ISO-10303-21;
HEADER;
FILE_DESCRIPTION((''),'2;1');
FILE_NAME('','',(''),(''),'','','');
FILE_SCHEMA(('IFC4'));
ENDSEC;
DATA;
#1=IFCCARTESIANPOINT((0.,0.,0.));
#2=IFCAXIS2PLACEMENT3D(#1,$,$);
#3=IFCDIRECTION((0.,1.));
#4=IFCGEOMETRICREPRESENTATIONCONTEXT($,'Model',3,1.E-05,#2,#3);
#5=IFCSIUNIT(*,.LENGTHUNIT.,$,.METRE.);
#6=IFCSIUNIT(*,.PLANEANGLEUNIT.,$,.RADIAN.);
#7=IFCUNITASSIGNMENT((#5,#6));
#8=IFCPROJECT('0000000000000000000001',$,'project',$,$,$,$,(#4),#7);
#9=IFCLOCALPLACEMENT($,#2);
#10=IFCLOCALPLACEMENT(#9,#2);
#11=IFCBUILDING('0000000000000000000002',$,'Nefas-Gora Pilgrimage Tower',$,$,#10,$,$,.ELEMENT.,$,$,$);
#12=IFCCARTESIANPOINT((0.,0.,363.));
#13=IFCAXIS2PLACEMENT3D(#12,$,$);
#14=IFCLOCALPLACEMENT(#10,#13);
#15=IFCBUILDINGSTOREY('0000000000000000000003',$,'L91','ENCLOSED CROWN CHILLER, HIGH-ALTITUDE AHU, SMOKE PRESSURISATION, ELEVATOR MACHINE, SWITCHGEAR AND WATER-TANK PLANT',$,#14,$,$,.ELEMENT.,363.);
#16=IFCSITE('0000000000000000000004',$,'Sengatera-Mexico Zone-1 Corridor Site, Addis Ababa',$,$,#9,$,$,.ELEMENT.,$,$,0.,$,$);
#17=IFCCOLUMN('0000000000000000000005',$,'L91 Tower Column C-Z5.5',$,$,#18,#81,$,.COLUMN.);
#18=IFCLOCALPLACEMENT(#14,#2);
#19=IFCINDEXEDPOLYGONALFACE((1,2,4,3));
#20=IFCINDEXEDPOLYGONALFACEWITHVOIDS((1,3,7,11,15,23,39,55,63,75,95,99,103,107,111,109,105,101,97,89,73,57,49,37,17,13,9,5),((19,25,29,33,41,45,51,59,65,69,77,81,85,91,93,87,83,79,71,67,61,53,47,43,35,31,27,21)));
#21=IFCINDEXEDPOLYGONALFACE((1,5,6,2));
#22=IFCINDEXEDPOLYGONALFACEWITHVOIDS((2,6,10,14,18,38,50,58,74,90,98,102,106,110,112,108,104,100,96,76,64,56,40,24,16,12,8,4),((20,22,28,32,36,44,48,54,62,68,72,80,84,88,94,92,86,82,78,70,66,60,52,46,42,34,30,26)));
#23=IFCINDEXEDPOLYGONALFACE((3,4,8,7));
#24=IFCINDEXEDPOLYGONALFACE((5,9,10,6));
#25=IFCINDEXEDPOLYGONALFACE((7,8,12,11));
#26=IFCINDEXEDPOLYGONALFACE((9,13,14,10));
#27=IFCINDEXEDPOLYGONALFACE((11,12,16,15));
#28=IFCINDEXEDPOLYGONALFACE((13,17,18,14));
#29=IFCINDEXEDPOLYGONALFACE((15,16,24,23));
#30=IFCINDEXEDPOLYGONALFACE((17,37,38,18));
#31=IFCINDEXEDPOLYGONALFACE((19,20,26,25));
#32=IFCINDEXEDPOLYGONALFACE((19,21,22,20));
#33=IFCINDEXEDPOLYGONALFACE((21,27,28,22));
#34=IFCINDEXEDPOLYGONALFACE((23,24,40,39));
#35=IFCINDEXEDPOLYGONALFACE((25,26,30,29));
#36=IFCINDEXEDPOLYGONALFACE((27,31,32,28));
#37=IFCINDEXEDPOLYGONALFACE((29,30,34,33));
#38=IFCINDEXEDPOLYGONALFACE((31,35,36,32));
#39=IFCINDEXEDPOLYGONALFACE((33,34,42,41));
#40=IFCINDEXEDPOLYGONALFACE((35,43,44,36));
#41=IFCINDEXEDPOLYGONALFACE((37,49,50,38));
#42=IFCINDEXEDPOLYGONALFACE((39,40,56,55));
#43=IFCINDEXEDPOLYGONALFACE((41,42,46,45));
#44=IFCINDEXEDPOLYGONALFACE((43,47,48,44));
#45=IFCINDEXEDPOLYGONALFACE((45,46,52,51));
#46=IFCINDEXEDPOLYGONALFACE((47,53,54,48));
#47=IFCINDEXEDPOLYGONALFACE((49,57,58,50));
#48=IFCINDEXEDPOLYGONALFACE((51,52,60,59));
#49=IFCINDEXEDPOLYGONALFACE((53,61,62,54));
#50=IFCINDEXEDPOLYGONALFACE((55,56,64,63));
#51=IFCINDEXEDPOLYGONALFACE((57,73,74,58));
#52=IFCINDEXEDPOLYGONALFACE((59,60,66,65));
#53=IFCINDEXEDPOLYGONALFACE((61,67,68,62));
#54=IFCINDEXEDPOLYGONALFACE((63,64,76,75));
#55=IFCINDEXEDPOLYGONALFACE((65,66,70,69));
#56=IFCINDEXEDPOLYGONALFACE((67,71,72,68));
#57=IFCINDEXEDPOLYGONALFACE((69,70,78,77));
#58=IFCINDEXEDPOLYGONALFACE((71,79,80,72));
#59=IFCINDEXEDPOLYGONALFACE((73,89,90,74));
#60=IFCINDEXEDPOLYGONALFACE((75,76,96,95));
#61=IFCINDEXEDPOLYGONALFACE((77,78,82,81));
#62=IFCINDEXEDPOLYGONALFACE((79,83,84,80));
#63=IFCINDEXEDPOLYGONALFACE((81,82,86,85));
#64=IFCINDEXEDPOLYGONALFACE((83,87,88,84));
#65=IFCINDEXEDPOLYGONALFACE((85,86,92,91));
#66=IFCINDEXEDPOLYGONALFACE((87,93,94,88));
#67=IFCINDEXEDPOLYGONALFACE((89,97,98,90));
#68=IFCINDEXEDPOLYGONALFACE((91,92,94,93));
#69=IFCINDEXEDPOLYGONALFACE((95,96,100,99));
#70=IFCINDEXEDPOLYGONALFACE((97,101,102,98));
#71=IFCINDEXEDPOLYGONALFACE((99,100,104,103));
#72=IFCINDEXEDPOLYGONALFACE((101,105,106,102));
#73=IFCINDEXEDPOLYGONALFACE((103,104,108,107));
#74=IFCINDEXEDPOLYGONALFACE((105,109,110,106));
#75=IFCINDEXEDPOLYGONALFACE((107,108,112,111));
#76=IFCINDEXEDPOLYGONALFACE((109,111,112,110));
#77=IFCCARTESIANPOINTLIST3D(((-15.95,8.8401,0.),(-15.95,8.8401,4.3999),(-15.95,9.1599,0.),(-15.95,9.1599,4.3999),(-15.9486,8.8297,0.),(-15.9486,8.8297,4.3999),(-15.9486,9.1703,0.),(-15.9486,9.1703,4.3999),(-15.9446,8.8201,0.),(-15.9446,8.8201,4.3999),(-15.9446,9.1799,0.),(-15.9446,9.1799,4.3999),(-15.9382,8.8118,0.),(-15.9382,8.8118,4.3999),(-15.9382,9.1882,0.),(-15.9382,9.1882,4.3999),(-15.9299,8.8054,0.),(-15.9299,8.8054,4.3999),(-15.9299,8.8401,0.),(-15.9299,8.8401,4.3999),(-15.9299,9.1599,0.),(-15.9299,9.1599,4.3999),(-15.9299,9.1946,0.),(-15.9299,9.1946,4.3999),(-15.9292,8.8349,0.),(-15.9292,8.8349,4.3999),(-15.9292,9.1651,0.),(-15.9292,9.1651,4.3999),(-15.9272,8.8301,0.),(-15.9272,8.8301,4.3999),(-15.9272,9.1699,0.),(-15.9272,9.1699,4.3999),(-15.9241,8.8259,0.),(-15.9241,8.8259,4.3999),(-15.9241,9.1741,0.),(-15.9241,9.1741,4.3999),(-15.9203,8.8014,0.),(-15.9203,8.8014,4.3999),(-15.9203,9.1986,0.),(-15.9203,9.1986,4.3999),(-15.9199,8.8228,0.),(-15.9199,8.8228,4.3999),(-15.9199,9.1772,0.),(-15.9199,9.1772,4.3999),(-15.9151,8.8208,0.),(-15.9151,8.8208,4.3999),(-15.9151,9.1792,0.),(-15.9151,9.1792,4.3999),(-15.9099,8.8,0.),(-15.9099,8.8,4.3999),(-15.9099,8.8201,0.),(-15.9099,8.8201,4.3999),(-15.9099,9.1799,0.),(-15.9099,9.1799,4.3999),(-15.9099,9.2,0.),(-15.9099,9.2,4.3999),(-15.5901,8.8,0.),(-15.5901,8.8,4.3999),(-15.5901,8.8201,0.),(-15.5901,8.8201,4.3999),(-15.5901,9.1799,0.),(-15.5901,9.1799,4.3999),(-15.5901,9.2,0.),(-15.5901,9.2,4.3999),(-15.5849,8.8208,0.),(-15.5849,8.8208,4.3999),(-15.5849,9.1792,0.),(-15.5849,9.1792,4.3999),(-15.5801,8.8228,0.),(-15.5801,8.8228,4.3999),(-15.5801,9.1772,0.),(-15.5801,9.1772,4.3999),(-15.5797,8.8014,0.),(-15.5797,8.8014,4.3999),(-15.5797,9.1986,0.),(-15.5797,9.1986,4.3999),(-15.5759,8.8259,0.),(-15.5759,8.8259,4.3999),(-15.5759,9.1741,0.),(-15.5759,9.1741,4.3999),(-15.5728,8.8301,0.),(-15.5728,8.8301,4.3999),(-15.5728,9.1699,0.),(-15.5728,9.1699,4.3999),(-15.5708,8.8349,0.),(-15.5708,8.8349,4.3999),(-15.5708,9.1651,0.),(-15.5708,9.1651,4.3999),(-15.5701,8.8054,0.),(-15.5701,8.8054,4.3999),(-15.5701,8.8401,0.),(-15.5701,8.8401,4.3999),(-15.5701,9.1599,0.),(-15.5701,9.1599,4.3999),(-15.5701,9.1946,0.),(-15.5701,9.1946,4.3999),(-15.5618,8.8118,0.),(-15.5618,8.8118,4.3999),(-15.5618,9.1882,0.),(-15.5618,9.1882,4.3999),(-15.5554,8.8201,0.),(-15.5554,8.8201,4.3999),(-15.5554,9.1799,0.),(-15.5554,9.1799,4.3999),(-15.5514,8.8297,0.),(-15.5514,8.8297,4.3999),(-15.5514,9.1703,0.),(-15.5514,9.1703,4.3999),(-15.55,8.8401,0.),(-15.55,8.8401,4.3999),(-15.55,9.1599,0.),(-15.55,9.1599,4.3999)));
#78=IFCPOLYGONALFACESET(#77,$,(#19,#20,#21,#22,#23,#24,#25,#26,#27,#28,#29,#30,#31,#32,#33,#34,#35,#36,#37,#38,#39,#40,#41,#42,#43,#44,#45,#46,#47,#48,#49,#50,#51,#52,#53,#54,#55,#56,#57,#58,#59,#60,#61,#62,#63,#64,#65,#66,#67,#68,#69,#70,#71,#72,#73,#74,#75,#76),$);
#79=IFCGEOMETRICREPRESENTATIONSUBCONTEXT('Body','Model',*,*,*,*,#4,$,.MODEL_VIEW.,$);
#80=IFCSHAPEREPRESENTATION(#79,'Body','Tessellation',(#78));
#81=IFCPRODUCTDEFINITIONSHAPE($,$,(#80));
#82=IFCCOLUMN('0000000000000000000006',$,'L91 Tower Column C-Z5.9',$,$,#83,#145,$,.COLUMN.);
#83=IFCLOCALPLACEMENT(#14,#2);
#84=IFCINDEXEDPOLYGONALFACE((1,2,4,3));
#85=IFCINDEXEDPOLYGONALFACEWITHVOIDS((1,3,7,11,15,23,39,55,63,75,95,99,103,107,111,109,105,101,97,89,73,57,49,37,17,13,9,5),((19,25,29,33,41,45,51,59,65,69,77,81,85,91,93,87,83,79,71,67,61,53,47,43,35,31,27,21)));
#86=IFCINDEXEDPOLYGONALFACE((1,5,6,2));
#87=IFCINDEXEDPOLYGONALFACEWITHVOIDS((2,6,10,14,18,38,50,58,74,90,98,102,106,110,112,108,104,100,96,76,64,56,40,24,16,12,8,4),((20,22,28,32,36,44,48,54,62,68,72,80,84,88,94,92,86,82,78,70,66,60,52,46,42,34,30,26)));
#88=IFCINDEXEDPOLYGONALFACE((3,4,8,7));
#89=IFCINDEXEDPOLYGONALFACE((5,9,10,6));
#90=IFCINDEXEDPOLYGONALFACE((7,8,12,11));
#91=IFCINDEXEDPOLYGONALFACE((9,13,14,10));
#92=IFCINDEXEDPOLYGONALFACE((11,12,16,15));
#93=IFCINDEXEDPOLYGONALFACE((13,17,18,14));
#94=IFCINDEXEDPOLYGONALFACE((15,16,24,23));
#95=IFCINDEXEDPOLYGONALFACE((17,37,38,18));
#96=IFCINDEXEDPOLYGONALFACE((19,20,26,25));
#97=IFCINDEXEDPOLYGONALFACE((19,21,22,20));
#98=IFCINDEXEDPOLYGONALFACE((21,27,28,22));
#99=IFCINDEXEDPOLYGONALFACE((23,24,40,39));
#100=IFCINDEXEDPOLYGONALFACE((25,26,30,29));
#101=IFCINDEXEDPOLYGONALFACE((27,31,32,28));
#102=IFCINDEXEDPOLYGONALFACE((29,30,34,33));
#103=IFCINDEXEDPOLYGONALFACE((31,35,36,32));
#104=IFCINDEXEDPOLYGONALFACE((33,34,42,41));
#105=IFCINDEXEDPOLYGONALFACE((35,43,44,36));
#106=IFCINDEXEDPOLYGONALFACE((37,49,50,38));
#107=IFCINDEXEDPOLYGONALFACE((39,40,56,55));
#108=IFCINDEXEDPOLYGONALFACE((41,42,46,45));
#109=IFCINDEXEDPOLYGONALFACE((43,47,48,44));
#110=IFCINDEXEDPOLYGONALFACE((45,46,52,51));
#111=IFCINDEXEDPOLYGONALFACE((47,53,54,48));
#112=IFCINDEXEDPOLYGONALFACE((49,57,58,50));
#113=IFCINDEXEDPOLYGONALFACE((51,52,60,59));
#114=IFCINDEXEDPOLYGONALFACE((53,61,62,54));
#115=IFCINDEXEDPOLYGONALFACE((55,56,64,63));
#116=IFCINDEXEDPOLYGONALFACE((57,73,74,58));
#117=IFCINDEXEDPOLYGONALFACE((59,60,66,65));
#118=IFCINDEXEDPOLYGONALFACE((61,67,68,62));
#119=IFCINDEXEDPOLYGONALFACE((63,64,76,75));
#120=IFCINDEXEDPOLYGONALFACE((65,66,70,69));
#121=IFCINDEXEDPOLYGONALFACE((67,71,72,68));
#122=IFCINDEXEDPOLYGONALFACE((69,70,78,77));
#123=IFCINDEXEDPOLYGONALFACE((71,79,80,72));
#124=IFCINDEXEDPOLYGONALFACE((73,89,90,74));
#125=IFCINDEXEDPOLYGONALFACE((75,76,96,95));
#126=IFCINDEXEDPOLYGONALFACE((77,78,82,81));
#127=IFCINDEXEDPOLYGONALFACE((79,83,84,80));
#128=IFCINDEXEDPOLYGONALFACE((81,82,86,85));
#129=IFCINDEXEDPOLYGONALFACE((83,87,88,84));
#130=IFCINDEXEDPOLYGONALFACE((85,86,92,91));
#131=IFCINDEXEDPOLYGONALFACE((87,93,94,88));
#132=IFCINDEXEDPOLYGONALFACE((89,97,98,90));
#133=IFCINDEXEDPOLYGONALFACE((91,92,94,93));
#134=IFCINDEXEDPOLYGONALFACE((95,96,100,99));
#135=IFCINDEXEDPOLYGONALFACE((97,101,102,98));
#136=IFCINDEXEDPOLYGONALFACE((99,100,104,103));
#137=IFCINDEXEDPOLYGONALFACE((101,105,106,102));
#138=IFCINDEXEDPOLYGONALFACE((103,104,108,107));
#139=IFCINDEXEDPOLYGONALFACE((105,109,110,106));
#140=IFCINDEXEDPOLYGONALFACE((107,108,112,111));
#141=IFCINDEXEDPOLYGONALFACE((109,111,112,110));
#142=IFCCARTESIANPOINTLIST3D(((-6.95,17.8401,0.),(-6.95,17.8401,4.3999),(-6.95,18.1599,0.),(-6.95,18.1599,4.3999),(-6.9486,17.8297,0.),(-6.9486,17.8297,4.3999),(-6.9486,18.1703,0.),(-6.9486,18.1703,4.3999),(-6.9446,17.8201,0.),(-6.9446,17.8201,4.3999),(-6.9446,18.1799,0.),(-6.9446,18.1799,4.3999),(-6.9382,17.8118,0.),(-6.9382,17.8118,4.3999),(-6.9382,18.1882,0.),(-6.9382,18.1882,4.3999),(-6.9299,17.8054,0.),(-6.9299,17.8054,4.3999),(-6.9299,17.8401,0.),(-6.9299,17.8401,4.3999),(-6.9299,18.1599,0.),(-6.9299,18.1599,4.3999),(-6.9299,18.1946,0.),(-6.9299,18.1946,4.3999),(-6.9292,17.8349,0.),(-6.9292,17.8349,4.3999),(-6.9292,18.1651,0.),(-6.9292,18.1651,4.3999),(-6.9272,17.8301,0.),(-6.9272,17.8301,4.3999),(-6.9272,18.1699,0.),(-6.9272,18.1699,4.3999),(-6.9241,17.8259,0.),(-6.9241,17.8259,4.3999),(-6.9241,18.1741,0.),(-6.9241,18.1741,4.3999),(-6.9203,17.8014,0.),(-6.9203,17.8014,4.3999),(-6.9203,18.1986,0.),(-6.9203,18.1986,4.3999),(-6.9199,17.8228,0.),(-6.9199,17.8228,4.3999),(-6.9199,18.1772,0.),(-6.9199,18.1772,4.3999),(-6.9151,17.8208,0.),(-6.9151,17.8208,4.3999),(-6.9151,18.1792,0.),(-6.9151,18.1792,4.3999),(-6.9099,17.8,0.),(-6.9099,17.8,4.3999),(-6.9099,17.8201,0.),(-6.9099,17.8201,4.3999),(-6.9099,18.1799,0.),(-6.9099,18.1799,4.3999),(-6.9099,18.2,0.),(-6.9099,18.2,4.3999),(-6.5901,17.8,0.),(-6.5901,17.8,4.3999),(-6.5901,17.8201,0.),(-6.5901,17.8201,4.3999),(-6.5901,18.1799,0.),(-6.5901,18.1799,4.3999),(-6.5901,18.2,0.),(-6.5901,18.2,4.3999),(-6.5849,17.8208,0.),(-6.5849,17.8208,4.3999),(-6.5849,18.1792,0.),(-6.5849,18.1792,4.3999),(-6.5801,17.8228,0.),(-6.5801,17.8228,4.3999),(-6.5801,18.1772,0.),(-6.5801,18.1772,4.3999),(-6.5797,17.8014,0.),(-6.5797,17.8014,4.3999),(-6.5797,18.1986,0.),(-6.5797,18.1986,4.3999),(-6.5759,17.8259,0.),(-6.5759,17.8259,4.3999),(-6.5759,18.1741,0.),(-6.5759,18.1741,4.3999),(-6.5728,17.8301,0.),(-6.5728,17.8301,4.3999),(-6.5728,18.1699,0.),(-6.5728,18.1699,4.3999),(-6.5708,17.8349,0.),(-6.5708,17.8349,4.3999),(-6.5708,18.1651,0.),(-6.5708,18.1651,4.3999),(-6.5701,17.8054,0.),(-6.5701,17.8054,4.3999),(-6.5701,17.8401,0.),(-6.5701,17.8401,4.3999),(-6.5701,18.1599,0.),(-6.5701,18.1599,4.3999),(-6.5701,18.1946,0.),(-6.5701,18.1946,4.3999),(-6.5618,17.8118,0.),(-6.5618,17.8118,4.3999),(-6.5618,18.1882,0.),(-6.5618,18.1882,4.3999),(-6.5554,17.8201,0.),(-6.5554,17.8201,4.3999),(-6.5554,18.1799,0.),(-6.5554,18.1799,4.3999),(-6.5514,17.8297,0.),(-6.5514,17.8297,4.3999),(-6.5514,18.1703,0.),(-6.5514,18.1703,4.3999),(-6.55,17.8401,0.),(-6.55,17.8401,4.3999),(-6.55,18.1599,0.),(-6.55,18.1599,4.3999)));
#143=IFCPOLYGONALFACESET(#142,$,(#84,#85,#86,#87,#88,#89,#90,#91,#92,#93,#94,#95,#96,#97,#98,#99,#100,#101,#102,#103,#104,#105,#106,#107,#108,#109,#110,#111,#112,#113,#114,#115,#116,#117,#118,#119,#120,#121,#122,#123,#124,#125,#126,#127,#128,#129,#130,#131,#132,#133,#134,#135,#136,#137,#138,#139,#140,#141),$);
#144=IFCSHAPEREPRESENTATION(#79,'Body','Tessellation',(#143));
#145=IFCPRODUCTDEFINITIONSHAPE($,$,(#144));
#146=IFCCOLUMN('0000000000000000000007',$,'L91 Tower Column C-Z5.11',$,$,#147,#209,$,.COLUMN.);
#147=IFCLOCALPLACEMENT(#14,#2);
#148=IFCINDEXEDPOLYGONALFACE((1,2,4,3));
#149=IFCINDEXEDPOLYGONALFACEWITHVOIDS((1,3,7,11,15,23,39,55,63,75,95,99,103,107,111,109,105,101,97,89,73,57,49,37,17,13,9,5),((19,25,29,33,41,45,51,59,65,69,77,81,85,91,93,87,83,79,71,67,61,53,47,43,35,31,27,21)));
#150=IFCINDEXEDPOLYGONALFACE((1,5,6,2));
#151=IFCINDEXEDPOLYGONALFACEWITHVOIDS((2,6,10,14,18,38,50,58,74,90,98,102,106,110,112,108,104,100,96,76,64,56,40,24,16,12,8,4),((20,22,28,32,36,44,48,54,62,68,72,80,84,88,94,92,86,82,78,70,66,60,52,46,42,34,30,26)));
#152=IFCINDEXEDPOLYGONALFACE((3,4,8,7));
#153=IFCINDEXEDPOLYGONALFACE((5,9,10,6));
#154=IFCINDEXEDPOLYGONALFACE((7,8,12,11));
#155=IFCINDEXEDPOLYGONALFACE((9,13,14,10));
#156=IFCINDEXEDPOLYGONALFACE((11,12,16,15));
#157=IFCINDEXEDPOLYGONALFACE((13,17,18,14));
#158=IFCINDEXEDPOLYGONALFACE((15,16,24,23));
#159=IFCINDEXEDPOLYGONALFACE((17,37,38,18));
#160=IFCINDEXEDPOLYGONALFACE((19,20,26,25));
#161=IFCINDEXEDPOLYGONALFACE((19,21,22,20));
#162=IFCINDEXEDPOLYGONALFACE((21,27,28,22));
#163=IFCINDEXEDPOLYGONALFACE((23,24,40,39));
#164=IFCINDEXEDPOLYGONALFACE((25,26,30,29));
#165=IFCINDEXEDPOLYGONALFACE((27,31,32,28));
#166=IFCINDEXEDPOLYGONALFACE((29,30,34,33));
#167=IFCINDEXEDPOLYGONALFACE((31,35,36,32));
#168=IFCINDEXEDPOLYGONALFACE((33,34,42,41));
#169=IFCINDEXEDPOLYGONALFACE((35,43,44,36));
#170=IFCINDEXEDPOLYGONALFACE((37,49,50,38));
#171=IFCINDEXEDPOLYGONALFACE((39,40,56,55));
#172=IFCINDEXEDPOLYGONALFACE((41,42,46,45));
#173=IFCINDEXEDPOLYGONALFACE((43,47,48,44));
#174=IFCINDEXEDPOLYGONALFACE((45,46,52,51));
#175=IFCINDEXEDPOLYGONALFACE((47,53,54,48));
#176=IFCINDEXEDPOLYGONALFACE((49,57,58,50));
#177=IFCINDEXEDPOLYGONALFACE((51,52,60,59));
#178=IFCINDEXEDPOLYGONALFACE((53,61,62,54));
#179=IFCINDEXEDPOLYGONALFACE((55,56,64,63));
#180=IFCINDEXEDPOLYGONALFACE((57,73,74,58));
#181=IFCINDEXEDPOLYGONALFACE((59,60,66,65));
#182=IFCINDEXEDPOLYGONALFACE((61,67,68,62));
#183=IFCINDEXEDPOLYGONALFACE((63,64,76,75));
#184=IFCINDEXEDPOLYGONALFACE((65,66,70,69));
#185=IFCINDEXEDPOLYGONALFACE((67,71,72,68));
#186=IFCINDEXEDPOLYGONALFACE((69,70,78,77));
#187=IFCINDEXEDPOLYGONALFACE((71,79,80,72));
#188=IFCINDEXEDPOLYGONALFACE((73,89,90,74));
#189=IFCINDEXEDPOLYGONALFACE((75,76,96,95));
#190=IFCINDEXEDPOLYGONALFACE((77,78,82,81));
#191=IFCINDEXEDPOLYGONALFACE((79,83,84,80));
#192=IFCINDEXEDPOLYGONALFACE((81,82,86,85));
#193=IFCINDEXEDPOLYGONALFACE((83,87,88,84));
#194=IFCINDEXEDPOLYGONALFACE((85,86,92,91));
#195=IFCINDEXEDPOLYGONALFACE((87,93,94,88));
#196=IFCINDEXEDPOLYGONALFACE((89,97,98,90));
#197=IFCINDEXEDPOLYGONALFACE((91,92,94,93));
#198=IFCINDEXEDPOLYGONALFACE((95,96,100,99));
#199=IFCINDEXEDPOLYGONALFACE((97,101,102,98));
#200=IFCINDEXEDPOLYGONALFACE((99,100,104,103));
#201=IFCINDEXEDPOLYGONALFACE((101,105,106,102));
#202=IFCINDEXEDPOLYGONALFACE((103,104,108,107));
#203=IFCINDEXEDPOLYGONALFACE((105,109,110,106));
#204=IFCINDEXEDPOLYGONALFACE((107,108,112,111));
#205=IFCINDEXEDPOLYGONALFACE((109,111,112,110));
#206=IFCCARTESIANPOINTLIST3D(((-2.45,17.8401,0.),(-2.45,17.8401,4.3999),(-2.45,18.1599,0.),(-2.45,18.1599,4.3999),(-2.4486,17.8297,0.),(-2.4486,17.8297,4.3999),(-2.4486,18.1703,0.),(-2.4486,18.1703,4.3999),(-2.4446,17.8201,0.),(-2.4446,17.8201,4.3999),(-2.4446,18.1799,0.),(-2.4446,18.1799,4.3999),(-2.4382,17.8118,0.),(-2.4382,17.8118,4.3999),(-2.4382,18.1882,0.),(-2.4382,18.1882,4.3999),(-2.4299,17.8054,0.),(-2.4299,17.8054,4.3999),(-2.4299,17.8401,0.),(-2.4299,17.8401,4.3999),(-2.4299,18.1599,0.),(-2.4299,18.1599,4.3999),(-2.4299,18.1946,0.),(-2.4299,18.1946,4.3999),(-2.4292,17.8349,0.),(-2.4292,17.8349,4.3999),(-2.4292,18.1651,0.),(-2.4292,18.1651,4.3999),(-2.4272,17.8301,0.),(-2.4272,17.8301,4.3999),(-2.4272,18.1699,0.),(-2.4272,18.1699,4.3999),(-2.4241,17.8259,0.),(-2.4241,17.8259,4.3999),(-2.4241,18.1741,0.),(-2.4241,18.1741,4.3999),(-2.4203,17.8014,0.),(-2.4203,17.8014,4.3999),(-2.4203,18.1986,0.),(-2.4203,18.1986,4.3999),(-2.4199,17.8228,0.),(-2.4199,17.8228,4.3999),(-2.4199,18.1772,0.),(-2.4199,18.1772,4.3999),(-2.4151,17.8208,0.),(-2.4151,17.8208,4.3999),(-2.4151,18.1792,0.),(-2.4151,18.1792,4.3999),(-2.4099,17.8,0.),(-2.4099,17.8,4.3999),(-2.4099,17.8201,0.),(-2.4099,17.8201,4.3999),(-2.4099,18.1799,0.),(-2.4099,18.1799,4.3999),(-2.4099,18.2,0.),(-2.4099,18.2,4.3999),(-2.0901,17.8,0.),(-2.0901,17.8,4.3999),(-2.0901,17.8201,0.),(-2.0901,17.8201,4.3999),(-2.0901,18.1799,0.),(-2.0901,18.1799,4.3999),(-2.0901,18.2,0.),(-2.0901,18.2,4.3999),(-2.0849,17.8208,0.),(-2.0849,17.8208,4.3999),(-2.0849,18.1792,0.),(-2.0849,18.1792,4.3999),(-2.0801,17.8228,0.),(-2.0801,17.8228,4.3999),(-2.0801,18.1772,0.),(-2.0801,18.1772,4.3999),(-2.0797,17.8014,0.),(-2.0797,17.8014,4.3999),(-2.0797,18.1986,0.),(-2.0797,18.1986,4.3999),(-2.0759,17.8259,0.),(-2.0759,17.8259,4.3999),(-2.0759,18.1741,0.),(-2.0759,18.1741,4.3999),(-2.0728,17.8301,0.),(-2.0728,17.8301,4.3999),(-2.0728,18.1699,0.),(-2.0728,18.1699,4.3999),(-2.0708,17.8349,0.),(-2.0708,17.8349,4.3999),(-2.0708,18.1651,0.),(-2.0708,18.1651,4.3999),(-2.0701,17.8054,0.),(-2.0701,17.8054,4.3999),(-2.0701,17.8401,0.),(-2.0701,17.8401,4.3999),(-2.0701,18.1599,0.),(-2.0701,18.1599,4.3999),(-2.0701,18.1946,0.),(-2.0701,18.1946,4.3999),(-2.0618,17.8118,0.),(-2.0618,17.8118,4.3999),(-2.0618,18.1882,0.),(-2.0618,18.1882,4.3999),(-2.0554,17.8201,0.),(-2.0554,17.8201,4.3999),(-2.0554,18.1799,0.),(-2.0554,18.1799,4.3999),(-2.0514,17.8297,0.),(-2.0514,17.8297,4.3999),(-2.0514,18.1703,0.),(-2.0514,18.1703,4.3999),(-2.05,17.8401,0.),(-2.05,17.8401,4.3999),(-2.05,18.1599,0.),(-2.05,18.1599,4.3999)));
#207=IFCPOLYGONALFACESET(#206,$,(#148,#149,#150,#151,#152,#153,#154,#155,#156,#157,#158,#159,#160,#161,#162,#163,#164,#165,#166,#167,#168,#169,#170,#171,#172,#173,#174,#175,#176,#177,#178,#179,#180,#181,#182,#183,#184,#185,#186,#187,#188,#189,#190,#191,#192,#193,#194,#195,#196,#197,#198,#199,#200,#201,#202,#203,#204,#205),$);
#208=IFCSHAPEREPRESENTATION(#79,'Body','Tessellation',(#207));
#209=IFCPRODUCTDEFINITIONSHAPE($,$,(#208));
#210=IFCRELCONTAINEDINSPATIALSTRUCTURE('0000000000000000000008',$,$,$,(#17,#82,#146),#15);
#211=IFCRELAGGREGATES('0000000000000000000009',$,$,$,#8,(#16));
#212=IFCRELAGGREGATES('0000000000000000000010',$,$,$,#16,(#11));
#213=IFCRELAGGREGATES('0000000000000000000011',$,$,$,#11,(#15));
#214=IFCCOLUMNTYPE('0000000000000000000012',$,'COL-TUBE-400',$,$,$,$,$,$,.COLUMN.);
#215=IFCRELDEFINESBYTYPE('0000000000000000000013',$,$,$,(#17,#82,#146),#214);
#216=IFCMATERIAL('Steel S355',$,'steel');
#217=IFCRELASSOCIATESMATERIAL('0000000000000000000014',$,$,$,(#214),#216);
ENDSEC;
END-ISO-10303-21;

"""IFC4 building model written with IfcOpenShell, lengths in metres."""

from ifc_helpers import new_model, si_unit, direction, frame, origin, origin_2d, place, context, subcontext, project, spatial, hollow_rectangle, extrude, source, transform, mapped, material, material_profile, profile_set, type_object, element, save


model = new_model("IFC4")

# Units and contexts
model_context = context("Model", 3, precision=1e-05, world=origin(), true_north=direction((0.0, 1.0)))
body_context = subcontext(model_context, "Body", "Model", "MODEL_VIEW")
ifc_project = project(units=[si_unit("LENGTHUNIT", "METRE"), si_unit("PLANEANGLEUNIT", "RADIAN")], contexts=[model_context])

# Site, building, storey
site_placement = place(None, origin())
site = spatial("IfcSite", under=ifc_project, at=site_placement, Name="Sengatera-Mexico Zone-1 Corridor Site, Addis Ababa", CompositionType="ELEMENT", RefElevation=0.0)
building_placement = place(site_placement, origin())
building = spatial("IfcBuilding", under=site, at=building_placement, Name="Nefas-Gora Pilgrimage Tower", CompositionType="ELEMENT")
storey_placement = place(building_placement, frame((0.0, 0.0, 363.0)))
storey = spatial("IfcBuildingStorey", under=building, at=storey_placement, Name="L91", Description="ENCLOSED CROWN CHILLER, HIGH-ALTITUDE AHU, SMOKE PRESSURISATION, ELEVATOR MACHINE, SWITCHGEAR AND WATER-TANK PLANT", CompositionType="ELEMENT", Elevation=363.0)

# Columns
ifc_material_1 = material(Name="Steel S355", Category="steel")
ifc_material_profile_1 = material_profile(ifc_material_1, hollow_rectangle(XDim=0.3999, YDim=0.3999, WallThickness=0.02, InnerFilletRadius=0.02, OuterFilletRadius=0.04, at=origin_2d()), Name="SHS 400x400x20")
ifc_profile_set_1 = profile_set([ifc_material_profile_1], Name="Steel S355")
column_type_1 = type_object("IfcColumnType", Name="COL-TUBE-400", PredefinedType="COLUMN", material=ifc_profile_set_1)
shared_shape_1 = source(origin(), body_context, "Body", "SweptSolid", [
    extrude(hollow_rectangle(XDim=0.3999, YDim=0.3999, WallThickness=0.02, InnerFilletRadius=0.02, OuterFilletRadius=0.04, at=origin_2d()), origin(), (0.0, 0.0, 1.0), 4.3999),
])
for number, where, z_axis, x_axis, name in (
    (1, (-15.75, 9.0, 0.0), (0.0, 0.0, 1.0), (1.0, 0.0, 0.0), "L91 Tower Column C-Z5.5"),
    (2, (-6.75, 18.0, 0.0), (0.0, 0.0, 1.0), (1.0, 0.0, 0.0), "L91 Tower Column C-Z5.9"),
    (3, (-2.25, 18.0, 0.0), (0.0, 0.0, 1.0), (1.0, 0.0, 0.0), "L91 Tower Column C-Z5.11"),
):
    element("IfcColumn", number, at=place(storey_placement, frame(where, z_axis=z_axis, x_axis=x_axis)), inside=storey, type_object=column_type_1, Name=name, PredefinedType="COLUMN", context=body_context, shape_type="MappedRepresentation", body=[
        mapped(shared_shape_1, transform((0.0, 0.0, 0.0), x_axis=(1.0, 0.0, 0.0), y_axis=(0.0, 1.0, 0.0), z_axis=(0.0, 0.0, 1.0), scale=1.0)),
    ])

save(model, "model.ifc")
